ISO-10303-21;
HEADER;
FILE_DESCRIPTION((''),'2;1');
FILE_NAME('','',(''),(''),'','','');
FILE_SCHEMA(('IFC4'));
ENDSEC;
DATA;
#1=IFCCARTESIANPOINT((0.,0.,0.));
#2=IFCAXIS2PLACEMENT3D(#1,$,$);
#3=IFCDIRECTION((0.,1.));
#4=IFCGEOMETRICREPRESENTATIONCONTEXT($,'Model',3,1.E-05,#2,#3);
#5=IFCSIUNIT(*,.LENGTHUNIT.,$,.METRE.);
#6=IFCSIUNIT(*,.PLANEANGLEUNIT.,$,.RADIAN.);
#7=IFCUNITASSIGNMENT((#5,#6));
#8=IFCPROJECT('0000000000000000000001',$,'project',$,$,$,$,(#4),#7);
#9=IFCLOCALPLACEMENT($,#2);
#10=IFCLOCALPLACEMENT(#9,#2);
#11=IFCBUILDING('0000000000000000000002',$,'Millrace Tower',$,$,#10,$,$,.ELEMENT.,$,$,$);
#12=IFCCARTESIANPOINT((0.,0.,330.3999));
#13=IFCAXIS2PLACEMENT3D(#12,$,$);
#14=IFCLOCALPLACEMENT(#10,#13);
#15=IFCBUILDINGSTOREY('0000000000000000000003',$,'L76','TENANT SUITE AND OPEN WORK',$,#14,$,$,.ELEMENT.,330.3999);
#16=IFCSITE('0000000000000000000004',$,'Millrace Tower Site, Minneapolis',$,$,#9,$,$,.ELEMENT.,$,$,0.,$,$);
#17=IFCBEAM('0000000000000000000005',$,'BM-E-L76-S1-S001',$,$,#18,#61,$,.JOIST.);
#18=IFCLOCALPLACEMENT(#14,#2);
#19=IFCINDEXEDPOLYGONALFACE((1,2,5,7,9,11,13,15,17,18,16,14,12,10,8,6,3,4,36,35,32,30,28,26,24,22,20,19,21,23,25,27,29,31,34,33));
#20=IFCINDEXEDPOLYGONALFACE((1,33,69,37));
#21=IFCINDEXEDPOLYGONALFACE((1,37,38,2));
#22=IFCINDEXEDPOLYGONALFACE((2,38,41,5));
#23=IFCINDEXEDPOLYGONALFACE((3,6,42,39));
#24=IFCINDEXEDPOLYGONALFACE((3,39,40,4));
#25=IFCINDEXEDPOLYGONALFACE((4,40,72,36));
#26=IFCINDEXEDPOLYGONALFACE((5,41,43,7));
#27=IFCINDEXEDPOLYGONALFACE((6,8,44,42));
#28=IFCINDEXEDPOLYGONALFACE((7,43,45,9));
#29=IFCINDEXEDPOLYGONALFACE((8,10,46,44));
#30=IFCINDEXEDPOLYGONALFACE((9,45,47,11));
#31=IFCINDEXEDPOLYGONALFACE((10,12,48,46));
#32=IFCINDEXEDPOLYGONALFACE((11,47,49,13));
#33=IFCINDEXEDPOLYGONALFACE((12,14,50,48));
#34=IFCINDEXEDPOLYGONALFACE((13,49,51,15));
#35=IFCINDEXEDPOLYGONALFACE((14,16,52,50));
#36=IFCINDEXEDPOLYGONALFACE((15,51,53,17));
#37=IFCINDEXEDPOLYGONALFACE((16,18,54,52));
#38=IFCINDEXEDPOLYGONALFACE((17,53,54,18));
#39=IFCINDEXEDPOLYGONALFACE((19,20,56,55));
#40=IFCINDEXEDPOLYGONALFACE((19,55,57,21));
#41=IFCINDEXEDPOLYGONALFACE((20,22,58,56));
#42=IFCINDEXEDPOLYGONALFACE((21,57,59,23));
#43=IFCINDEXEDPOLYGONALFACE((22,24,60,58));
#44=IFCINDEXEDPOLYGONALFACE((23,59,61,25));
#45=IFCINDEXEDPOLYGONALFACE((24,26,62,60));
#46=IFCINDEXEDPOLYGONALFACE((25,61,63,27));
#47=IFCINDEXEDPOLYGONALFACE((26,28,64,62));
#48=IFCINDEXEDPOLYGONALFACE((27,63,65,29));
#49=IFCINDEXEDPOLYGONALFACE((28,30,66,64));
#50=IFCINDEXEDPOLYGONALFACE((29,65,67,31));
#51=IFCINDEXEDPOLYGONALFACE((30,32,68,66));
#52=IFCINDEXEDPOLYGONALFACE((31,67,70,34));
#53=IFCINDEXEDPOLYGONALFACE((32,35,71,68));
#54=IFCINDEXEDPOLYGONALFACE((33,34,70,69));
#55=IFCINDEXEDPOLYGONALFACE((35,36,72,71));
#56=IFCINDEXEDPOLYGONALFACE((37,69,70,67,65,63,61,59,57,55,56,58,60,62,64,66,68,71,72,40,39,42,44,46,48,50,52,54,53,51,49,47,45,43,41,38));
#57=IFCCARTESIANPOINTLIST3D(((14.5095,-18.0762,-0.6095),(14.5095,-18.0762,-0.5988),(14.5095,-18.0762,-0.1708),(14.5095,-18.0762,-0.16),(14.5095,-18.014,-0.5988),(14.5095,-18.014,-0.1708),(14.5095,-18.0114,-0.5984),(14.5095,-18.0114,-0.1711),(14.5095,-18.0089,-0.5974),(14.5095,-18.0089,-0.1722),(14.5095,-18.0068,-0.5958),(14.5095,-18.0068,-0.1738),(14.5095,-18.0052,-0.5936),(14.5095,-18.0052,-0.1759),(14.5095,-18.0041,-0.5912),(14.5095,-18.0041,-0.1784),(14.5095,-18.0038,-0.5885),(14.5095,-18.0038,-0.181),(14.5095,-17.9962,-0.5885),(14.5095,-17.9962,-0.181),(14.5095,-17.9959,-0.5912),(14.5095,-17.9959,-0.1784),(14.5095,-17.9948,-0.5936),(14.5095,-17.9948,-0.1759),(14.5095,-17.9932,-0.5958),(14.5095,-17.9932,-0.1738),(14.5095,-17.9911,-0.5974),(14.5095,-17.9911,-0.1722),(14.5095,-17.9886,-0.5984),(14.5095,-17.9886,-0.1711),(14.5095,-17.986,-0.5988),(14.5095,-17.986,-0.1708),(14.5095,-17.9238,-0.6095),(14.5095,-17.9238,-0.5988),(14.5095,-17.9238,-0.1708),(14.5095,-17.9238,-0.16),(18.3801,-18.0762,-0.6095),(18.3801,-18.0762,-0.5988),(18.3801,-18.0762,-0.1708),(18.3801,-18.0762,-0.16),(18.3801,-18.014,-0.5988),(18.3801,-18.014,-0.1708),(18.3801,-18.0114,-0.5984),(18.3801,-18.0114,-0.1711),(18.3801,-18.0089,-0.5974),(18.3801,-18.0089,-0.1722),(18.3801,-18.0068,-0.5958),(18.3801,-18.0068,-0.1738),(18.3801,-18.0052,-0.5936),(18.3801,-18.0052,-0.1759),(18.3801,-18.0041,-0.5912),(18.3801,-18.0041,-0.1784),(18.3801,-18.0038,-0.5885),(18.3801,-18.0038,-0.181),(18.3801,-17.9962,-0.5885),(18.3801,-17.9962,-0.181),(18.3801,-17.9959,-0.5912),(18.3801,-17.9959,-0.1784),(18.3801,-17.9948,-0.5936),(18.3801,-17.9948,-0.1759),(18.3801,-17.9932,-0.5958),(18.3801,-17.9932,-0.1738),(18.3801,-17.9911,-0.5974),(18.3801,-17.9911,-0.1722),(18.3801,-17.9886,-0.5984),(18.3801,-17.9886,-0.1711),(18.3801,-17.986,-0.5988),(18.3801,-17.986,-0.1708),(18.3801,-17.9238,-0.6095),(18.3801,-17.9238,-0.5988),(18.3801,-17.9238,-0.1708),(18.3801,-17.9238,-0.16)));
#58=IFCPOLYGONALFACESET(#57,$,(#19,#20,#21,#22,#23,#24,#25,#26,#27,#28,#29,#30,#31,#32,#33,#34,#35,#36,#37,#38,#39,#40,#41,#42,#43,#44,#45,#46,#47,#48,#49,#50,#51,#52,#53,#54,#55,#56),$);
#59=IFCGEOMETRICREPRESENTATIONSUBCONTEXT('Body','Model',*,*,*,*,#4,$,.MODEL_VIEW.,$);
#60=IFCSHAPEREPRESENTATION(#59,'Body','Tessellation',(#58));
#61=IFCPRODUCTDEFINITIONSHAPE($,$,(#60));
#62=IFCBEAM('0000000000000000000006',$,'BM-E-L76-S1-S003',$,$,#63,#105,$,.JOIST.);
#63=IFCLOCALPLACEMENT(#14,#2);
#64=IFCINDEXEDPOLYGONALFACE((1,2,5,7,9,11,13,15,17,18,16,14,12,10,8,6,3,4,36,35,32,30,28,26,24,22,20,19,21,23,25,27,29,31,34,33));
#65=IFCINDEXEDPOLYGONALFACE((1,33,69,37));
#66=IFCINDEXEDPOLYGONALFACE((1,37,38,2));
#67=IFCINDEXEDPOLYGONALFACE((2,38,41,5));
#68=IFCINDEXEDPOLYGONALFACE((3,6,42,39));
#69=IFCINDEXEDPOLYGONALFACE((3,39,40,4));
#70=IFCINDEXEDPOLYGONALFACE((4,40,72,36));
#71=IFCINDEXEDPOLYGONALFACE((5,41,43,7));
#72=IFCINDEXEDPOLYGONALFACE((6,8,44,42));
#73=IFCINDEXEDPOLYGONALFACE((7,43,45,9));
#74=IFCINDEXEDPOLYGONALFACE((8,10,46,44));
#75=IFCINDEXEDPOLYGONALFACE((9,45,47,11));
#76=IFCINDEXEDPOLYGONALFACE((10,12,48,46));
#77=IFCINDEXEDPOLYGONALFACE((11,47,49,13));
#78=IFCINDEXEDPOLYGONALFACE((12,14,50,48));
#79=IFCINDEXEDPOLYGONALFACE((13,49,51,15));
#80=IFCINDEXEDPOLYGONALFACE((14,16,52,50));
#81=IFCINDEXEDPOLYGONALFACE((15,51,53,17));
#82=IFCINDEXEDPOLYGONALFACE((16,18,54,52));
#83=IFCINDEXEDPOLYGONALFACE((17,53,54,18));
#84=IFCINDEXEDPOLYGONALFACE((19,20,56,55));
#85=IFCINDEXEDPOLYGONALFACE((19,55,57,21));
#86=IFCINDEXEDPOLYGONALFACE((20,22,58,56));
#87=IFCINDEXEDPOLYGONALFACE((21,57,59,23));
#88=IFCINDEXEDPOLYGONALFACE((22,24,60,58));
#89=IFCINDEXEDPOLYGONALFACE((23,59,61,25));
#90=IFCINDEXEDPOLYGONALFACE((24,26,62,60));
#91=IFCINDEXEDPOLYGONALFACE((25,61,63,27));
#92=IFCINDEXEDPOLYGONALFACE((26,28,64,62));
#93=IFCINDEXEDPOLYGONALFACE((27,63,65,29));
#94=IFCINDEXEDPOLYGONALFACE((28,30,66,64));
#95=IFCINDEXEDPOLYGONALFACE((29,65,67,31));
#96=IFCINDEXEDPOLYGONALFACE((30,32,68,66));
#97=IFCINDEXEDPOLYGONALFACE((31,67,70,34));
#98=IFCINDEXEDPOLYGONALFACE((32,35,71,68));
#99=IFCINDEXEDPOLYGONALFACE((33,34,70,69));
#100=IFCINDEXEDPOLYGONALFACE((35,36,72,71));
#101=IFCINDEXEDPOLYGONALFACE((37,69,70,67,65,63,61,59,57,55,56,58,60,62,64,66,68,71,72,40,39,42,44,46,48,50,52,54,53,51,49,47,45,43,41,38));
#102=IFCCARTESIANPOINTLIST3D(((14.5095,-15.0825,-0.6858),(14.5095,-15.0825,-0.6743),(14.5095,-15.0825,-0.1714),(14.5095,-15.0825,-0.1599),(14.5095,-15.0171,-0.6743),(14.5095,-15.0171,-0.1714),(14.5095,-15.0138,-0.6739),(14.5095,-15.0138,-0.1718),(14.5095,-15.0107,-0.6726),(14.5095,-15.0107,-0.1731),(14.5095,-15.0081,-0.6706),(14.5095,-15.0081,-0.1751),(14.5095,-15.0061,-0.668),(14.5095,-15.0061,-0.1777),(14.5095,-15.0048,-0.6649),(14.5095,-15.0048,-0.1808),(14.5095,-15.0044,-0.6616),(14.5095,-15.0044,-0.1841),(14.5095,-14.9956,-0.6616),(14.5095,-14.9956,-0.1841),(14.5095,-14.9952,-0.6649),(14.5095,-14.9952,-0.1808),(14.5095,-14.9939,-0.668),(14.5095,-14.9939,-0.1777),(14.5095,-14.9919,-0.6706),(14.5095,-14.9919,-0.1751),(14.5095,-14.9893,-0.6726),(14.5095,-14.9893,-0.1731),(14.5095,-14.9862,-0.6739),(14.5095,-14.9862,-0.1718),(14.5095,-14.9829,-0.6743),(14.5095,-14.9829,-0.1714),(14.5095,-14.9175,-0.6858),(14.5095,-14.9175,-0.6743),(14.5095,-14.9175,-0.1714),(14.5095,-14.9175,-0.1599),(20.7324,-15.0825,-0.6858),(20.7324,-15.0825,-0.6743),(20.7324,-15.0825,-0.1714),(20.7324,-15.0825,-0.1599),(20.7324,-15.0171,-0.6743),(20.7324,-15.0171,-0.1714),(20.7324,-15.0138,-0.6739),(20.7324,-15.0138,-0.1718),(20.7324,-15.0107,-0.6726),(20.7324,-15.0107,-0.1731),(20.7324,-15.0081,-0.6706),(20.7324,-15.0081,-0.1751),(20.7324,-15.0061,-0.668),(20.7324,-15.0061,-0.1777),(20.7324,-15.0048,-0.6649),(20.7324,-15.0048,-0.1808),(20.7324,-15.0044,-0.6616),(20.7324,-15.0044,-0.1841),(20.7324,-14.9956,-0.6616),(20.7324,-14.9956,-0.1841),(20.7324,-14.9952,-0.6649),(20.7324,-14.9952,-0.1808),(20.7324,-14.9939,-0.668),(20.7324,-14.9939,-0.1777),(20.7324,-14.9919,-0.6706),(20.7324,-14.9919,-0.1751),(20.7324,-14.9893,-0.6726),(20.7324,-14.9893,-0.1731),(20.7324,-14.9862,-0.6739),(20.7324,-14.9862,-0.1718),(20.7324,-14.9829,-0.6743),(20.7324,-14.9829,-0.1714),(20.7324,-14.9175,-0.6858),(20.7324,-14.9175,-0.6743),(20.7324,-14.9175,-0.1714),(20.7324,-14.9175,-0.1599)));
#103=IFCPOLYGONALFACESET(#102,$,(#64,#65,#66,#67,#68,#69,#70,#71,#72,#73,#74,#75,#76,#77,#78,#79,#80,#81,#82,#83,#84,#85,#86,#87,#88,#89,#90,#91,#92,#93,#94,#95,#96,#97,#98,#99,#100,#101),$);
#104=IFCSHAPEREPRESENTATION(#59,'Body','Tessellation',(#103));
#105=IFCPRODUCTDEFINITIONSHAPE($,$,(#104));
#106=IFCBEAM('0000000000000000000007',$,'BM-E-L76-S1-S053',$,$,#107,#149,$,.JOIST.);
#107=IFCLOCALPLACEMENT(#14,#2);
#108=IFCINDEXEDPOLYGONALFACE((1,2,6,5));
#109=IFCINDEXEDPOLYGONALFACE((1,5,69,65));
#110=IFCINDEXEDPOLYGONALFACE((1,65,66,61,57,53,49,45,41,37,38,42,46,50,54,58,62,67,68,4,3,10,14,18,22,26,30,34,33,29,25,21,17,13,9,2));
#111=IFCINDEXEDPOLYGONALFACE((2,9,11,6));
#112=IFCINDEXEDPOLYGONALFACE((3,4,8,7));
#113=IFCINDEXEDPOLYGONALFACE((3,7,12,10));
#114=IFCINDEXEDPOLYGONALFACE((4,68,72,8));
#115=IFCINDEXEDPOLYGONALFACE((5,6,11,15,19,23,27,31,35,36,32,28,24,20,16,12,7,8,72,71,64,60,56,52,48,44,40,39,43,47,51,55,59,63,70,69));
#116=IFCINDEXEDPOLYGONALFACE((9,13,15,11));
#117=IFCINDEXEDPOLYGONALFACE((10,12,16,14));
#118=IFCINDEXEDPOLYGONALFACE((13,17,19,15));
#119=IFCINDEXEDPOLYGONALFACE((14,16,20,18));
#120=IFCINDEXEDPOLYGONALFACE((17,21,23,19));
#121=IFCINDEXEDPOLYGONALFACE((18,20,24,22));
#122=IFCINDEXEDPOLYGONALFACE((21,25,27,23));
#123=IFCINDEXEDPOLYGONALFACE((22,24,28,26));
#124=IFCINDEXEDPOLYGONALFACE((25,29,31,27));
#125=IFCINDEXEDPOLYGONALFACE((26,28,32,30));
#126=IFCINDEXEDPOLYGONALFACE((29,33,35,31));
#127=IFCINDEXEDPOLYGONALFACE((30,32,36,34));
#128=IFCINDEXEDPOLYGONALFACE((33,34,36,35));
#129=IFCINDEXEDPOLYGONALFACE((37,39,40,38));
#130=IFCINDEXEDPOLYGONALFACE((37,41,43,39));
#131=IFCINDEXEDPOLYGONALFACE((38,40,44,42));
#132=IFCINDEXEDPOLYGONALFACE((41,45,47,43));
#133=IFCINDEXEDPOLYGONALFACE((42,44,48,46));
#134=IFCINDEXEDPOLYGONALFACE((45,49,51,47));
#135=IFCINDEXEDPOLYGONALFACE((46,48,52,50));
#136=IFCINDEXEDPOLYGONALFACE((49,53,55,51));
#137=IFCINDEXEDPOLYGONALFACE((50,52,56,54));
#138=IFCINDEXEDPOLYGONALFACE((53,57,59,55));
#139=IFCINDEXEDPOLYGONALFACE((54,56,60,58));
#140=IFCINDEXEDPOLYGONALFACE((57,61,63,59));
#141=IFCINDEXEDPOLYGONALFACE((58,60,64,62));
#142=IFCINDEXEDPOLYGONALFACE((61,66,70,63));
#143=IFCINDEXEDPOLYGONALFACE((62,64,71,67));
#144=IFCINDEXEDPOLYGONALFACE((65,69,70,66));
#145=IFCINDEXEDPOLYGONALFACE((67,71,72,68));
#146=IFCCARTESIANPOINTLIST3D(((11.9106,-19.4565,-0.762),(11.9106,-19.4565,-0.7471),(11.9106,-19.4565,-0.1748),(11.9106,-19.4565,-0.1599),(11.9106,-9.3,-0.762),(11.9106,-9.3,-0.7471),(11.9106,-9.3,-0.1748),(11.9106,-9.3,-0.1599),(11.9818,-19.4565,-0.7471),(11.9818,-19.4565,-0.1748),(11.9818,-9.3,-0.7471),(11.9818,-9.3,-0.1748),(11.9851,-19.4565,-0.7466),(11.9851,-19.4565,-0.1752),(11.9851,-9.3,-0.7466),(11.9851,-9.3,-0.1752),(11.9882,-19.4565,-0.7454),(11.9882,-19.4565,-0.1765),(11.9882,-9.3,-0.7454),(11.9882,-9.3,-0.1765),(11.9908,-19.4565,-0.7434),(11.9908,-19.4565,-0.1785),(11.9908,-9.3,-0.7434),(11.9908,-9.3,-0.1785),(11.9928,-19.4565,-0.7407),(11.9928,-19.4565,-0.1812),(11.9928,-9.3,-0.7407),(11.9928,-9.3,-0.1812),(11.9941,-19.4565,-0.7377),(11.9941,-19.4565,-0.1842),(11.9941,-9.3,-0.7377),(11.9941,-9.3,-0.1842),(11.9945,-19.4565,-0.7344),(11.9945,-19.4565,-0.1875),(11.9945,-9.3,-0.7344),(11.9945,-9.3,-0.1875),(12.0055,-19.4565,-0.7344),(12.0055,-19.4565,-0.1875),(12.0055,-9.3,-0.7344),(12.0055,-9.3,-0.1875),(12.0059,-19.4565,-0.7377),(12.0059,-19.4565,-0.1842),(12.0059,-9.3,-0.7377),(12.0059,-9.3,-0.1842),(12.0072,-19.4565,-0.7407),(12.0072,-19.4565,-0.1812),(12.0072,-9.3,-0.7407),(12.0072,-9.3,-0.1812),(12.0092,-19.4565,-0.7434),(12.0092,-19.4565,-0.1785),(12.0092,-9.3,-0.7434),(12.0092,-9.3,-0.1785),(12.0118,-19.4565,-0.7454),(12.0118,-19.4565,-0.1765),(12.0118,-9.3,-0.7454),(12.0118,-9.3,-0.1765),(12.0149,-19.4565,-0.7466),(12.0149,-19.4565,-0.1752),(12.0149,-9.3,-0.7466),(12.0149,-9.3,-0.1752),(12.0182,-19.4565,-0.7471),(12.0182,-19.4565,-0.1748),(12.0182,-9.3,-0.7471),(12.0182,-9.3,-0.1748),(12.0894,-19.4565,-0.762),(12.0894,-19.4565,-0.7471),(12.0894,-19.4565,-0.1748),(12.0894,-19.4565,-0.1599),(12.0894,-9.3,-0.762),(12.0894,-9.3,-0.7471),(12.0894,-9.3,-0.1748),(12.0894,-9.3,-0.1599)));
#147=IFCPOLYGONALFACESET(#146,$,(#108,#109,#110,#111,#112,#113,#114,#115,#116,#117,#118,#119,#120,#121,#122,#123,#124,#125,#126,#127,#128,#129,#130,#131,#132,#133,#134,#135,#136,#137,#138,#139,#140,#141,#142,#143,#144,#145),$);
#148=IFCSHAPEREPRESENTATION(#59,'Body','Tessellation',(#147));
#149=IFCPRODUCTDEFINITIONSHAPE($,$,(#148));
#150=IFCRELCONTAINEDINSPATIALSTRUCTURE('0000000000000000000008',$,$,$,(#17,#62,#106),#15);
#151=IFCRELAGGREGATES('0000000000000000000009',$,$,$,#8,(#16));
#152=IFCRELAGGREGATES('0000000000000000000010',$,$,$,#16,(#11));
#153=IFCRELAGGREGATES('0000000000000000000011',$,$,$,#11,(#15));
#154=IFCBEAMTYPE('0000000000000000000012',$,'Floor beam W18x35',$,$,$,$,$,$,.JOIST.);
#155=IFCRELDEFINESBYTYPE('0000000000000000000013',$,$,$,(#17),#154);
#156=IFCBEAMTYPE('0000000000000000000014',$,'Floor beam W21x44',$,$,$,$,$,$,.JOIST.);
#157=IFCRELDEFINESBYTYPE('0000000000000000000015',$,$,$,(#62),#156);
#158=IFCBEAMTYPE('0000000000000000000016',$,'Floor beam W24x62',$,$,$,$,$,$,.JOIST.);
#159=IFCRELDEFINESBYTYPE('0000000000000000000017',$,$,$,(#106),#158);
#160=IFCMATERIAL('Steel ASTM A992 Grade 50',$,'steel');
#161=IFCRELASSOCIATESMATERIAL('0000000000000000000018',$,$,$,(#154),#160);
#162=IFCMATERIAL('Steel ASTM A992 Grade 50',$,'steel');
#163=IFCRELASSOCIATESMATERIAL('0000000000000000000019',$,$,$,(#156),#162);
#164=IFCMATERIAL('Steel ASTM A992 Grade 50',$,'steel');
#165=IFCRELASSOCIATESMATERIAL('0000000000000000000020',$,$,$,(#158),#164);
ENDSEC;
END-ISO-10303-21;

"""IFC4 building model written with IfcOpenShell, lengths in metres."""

from ifc_helpers import new_model, si_unit, direction, frame, origin, origin_2d, place, context, subcontext, project, spatial, i_section, extrude, material, material_profile, profile_set, type_object, element, save


model = new_model("IFC4")

# Units and contexts
model_context = context("Model", 3, precision=1e-05, world=origin(), true_north=direction((0.0, 1.0)))
body_context = subcontext(model_context, "Body", "Model", "MODEL_VIEW")
ifc_project = project(units=[si_unit("LENGTHUNIT", "METRE"), si_unit("PLANEANGLEUNIT", "RADIAN")], contexts=[model_context])

# Site, building, storey
site_placement = place(None, origin())
site = spatial("IfcSite", under=ifc_project, at=site_placement, Name="Millrace Tower Site, Minneapolis", CompositionType="ELEMENT", RefElevation=0.0)
building_placement = place(site_placement, origin())
building = spatial("IfcBuilding", under=site, at=building_placement, Name="Millrace Tower", CompositionType="ELEMENT")
storey_placement = place(building_placement, frame((0.0, 0.0, 330.3999)))
storey = spatial("IfcBuildingStorey", under=building, at=storey_placement, Name="L76", Description="TENANT SUITE AND OPEN WORK", CompositionType="ELEMENT", Elevation=330.3999)

# Beams
ifc_material_1 = material(Name="Steel ASTM A992 Grade 50", Category="steel")
ifc_material_profile_1 = material_profile(ifc_material_1, i_section(OverallWidth=0.1523, OverallDepth=0.4495, WebThickness=0.0076, FlangeThickness=0.0107, FilletRadius=0.0103, at=origin_2d()))
ifc_profile_set_1 = profile_set([ifc_material_profile_1], Name="Steel ASTM A992 Grade 50")
beam_type_1 = type_object("IfcBeamType", Name="Floor beam W18x35", PredefinedType="JOIST", material=ifc_profile_set_1)
beam_1_placement = place(storey_placement, frame((14.5095, -18.0, -0.3848), z_axis=(1.0, 0.0, 0.0), x_axis=(0.0, 1.0, 0.0)))
element("IfcBeam", 1, at=beam_1_placement, inside=storey, type_object=beam_type_1, Name="BM-E-L76-S1-S001", PredefinedType="JOIST", context=body_context, shape_type="SweptSolid", body=[
    extrude(i_section(OverallWidth=0.1523, OverallDepth=0.4495, WebThickness=0.0076, FlangeThickness=0.0107, FilletRadius=0.0103, at=origin_2d()), origin(), (0.0, 0.0, 1.0), 3.8706),
])
ifc_material_2 = material(Name="Steel ASTM A992 Grade 50", Category="steel")
ifc_material_profile_2 = material_profile(ifc_material_2, i_section(OverallWidth=0.165, OverallDepth=0.5259, WebThickness=0.0088, FlangeThickness=0.0115, FilletRadius=0.0127, at=origin_2d()))
ifc_profile_set_2 = profile_set([ifc_material_profile_2], Name="Steel ASTM A992 Grade 50")
beam_type_2 = type_object("IfcBeamType", Name="Floor beam W21x44", PredefinedType="JOIST", material=ifc_profile_set_2)
beam_2_placement = place(storey_placement, frame((14.5095, -15.0, -0.4229), z_axis=(1.0, 0.0, 0.0), x_axis=(0.0, 1.0, 0.0)))
element("IfcBeam", 2, at=beam_2_placement, inside=storey, type_object=beam_type_2, Name="BM-E-L76-S1-S003", PredefinedType="JOIST", context=body_context, shape_type="SweptSolid", body=[
    extrude(i_section(OverallWidth=0.165, OverallDepth=0.5259, WebThickness=0.0088, FlangeThickness=0.0115, FilletRadius=0.0127, at=origin_2d()), origin(), (0.0, 0.0, 1.0), 6.2229),
])
ifc_material_3 = material(Name="Steel ASTM A992 Grade 50", Category="steel")
ifc_material_profile_3 = material_profile(ifc_material_3, i_section(OverallWidth=0.1787, OverallDepth=0.6021, WebThickness=0.011, FlangeThickness=0.0149, FilletRadius=0.0127, at=origin_2d()))
ifc_profile_set_3 = profile_set([ifc_material_profile_3], Name="Steel ASTM A992 Grade 50")
beam_type_3 = type_object("IfcBeamType", Name="Floor beam W24x62", PredefinedType="JOIST", material=ifc_profile_set_3)
beam_3_placement = place(storey_placement, frame((12.0, -19.4565, -0.4609), z_axis=(0.0, 1.0, 0.0), x_axis=(-1.0, 0.0, 0.0)))
element("IfcBeam", 3, at=beam_3_placement, inside=storey, type_object=beam_type_3, Name="BM-E-L76-S1-S053", PredefinedType="JOIST", context=body_context, shape_type="SweptSolid", body=[
    extrude(i_section(OverallWidth=0.1787, OverallDepth=0.6021, WebThickness=0.011, FlangeThickness=0.0149, FilletRadius=0.0127, at=origin_2d()), origin(), (0.0, 0.0, 1.0), 10.1565),
])

save(model, "model.ifc")
